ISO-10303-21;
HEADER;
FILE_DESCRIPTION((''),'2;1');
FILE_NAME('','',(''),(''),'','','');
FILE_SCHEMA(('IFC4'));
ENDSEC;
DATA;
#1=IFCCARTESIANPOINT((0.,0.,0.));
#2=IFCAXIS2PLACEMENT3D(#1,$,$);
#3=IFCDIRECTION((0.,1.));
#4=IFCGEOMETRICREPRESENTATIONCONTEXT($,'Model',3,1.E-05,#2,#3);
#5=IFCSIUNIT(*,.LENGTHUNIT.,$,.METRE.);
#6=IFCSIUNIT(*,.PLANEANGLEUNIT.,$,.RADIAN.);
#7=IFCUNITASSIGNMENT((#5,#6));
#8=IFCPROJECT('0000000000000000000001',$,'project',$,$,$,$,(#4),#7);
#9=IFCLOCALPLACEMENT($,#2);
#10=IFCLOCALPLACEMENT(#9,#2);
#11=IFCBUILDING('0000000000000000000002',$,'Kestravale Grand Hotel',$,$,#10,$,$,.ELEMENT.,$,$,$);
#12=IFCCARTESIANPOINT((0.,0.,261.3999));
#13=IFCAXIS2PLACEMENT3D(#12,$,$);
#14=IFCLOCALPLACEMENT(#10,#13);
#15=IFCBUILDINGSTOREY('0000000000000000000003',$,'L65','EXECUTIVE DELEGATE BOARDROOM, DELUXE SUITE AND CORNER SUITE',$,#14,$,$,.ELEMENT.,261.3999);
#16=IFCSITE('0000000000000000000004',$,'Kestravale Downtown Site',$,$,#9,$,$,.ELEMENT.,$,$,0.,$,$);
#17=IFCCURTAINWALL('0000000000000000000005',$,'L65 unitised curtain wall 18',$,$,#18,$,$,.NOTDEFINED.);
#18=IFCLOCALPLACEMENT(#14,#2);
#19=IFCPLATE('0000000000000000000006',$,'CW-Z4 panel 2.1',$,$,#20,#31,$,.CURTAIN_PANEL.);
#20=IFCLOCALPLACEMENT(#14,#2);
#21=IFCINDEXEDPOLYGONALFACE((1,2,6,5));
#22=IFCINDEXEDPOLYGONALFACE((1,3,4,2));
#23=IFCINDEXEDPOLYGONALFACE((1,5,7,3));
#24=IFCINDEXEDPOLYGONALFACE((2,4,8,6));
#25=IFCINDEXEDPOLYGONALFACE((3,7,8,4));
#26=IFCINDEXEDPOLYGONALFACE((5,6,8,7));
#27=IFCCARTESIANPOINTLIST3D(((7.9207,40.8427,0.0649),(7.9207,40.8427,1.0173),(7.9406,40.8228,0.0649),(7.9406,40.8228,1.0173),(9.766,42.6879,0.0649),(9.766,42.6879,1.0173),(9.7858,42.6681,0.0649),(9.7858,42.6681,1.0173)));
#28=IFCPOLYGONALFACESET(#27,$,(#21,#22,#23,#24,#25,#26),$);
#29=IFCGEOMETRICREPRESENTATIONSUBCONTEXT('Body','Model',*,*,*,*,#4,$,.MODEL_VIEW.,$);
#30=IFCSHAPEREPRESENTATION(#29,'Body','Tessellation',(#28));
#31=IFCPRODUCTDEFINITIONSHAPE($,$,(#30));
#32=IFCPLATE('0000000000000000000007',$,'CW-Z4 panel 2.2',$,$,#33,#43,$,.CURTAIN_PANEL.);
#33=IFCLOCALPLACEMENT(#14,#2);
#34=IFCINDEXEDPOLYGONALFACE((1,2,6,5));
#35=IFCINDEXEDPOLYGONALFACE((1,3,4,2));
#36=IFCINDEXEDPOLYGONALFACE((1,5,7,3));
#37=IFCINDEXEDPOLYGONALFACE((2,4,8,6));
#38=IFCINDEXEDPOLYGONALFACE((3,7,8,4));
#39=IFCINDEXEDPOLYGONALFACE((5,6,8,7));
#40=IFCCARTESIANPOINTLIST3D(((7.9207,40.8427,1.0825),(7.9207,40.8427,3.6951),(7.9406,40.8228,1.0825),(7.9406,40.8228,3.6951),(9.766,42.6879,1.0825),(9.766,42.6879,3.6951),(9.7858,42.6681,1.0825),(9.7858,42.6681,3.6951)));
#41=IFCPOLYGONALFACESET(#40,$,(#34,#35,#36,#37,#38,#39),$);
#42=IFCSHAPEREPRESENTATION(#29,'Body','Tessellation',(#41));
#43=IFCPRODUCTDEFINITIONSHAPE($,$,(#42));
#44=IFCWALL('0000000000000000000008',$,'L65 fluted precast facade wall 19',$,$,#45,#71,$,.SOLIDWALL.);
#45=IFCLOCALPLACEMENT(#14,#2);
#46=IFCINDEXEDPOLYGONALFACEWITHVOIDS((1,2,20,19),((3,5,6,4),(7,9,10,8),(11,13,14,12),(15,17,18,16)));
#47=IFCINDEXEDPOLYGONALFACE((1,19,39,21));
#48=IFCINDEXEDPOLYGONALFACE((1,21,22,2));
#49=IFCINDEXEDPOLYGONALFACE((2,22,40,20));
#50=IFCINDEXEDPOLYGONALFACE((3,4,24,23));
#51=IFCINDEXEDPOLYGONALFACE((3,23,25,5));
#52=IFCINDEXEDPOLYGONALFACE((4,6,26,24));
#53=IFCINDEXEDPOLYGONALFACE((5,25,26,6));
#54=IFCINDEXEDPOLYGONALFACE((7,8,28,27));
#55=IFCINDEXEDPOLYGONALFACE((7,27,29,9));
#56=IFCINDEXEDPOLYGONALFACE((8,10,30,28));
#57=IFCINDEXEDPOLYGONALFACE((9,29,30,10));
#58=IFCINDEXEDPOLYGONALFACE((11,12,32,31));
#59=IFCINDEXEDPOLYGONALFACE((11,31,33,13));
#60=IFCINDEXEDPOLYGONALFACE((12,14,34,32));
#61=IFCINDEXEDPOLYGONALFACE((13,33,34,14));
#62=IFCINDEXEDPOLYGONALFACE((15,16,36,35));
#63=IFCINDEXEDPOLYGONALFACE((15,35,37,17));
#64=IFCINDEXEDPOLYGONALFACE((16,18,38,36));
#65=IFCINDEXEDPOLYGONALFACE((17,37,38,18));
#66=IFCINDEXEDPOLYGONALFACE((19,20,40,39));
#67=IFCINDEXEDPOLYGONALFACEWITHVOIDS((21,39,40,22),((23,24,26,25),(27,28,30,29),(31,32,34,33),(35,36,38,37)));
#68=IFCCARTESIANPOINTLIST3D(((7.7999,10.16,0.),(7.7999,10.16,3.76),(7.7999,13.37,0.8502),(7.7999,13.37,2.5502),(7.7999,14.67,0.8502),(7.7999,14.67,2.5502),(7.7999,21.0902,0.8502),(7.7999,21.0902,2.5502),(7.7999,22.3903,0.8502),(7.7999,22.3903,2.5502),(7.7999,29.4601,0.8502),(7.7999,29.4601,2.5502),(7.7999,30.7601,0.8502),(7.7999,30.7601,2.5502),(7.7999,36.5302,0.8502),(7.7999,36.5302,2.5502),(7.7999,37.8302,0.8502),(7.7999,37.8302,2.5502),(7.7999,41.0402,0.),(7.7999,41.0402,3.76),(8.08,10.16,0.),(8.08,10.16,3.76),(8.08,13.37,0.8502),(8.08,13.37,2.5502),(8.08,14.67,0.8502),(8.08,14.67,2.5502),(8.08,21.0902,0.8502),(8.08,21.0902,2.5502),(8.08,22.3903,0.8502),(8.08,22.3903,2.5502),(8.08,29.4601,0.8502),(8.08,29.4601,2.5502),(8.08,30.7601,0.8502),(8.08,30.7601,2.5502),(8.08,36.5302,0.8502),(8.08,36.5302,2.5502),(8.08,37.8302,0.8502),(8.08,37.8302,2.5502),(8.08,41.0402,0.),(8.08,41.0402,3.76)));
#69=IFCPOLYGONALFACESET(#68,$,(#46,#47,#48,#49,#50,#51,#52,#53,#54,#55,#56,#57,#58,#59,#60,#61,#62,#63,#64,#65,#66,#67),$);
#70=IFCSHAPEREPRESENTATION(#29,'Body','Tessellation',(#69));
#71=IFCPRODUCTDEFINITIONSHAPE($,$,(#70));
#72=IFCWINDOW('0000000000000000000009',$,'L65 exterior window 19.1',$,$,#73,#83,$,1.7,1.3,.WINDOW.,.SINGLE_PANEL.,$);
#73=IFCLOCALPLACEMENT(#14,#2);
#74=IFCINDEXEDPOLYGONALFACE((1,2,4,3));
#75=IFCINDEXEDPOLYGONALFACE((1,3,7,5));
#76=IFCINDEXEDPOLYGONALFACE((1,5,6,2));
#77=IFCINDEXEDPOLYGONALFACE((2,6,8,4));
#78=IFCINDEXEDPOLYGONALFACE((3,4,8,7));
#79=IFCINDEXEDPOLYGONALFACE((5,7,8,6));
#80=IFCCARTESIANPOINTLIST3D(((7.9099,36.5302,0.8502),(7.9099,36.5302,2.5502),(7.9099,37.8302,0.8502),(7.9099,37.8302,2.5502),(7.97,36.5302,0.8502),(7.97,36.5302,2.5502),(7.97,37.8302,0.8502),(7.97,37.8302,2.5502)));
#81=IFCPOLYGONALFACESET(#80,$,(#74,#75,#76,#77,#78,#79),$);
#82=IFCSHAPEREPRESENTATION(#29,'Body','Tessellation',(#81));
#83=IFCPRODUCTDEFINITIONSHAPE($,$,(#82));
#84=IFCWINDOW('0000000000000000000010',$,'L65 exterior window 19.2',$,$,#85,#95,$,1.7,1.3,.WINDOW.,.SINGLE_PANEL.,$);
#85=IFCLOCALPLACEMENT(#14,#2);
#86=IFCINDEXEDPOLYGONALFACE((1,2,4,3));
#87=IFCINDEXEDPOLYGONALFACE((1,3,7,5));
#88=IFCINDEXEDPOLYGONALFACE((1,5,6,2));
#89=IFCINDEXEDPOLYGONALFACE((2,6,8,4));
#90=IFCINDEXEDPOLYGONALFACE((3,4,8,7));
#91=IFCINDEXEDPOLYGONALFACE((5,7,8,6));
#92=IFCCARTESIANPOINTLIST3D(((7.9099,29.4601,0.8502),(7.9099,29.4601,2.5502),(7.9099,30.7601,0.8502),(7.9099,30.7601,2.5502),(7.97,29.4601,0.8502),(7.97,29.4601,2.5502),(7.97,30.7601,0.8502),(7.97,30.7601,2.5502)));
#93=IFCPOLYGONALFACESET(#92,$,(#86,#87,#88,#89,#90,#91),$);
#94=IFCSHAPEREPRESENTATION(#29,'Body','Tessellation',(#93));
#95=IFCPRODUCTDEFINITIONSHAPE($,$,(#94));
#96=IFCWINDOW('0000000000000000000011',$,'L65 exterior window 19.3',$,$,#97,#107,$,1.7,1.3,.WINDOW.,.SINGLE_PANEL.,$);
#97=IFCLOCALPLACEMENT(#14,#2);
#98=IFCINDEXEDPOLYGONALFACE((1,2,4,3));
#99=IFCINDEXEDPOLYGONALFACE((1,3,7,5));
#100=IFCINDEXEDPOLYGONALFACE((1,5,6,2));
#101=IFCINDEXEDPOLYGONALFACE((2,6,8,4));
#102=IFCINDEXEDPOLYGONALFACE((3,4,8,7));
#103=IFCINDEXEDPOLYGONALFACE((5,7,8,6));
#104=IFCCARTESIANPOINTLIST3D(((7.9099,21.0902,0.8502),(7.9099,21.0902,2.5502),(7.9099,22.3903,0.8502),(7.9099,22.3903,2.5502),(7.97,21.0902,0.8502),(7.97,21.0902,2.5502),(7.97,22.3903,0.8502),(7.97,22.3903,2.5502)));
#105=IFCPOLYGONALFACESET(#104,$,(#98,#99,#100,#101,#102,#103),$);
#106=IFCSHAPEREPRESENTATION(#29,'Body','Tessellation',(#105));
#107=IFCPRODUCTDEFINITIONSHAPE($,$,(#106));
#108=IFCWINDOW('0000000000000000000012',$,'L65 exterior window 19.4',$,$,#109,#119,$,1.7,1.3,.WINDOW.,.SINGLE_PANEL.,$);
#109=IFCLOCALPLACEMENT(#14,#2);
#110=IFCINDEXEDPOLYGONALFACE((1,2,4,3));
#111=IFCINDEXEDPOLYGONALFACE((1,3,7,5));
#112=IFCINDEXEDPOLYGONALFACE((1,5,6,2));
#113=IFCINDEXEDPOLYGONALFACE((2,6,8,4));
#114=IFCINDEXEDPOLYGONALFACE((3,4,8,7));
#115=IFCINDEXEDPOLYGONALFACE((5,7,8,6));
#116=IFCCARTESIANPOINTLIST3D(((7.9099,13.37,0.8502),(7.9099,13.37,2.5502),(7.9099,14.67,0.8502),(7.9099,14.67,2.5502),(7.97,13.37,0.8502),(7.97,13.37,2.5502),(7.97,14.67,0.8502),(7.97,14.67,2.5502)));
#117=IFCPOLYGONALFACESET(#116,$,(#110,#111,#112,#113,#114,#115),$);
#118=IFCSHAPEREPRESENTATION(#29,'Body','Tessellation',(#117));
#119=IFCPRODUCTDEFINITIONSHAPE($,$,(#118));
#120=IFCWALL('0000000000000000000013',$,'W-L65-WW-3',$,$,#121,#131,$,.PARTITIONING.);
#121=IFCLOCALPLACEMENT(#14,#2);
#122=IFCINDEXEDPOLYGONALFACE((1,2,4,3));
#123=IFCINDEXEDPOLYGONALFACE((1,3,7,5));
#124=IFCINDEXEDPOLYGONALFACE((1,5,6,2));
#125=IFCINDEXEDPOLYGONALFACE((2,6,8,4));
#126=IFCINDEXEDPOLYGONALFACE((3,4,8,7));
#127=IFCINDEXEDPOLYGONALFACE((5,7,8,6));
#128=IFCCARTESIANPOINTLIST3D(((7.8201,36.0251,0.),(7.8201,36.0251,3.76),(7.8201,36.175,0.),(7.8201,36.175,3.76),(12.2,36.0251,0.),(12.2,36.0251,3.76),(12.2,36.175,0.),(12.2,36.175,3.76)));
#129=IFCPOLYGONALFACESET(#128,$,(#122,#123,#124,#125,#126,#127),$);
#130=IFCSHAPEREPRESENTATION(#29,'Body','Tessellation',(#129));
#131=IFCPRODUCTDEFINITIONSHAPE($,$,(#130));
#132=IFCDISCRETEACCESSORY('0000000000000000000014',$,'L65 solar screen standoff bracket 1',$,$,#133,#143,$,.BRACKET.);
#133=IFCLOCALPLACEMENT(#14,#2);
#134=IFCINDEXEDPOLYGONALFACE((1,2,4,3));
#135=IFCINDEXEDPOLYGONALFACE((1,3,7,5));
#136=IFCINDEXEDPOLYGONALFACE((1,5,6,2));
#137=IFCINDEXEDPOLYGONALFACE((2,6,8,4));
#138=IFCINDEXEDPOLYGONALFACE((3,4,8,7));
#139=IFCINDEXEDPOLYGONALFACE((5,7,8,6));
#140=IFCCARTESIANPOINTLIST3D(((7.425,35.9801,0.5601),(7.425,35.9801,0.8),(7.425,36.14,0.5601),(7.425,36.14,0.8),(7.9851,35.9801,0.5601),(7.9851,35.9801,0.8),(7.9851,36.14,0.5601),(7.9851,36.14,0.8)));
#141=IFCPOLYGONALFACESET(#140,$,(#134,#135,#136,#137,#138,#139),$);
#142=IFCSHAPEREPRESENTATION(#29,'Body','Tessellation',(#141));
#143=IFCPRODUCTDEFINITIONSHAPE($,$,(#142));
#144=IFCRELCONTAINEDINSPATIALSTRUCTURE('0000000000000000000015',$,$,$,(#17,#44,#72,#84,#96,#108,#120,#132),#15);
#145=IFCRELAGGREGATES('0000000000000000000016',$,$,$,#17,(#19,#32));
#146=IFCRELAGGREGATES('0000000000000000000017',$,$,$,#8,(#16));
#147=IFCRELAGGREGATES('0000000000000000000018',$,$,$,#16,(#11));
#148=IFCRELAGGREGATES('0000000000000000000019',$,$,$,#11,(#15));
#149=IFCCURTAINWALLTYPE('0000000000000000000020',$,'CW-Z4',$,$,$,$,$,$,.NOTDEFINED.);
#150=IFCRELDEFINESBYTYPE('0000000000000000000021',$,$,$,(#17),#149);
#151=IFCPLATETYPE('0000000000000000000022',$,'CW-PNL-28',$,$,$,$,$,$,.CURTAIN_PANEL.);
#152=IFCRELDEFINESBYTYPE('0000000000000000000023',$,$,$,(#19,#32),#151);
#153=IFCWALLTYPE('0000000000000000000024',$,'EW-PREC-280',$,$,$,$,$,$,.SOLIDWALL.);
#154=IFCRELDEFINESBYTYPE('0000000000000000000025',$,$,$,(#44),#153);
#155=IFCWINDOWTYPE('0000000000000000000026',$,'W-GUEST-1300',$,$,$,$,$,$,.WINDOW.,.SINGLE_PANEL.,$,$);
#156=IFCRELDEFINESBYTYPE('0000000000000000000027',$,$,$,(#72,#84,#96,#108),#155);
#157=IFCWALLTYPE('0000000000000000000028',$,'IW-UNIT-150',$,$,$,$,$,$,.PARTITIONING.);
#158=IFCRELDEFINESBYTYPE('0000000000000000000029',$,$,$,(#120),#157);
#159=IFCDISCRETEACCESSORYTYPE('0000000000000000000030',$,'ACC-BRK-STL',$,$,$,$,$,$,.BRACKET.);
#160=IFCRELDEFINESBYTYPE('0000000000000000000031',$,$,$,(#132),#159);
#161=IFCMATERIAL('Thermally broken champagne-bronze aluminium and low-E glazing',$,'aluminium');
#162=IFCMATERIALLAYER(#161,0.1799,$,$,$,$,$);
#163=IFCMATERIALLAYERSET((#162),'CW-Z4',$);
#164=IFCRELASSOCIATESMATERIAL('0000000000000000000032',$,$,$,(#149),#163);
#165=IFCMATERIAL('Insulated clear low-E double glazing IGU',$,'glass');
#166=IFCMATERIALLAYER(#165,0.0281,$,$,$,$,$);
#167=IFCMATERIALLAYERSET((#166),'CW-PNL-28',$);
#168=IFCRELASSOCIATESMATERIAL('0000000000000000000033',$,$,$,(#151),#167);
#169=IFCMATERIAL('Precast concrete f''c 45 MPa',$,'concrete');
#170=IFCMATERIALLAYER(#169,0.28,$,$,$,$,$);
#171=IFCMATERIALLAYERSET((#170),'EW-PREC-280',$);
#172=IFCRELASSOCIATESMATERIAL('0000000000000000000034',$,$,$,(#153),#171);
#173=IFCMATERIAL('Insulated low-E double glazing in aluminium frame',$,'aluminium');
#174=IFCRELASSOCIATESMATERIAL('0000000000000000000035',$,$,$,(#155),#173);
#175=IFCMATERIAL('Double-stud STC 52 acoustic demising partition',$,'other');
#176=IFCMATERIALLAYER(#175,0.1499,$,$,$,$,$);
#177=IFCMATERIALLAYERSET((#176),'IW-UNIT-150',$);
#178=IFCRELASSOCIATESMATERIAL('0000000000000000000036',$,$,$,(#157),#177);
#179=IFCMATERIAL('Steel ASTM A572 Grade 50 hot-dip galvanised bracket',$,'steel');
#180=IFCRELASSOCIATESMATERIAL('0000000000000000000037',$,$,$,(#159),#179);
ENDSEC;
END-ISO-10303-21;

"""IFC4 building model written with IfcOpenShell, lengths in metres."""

from ifc_helpers import new_model, si_unit, direction, frame, frame_2d, origin, origin_2d, place, context, subcontext, project, spatial, rectangle, extrude, material, layer, layer_set, type_object, element, fill, aggregate, save


model = new_model("IFC4")

# Units and contexts
model_context = context("Model", 3, precision=1e-05, world=origin(), true_north=direction((0.0, 1.0)))
body_context = subcontext(model_context, "Body", "Model", "MODEL_VIEW")
ifc_project = project(units=[si_unit("LENGTHUNIT", "METRE"), si_unit("PLANEANGLEUNIT", "RADIAN")], contexts=[model_context])

# Site, building, storey
site_placement = place(None, origin())
site = spatial("IfcSite", under=ifc_project, at=site_placement, Name="Kestravale Downtown Site", CompositionType="ELEMENT", RefElevation=0.0)
building_placement = place(site_placement, origin())
building = spatial("IfcBuilding", under=site, at=building_placement, Name="Kestravale Grand Hotel", CompositionType="ELEMENT")
storey_placement = place(building_placement, frame((0.0, 0.0, 261.3999)))
storey = spatial("IfcBuildingStorey", under=building, at=storey_placement, Name="L65", Description="EXECUTIVE DELEGATE BOARDROOM, DELUXE SUITE AND CORNER SUITE", CompositionType="ELEMENT", Elevation=261.3999)

# Curtain wall, plates
ifc_material_1 = material(Name="Thermally broken champagne-bronze aluminium and low-E glazing", Category="aluminium")
ifc_layer_1 = layer(ifc_material_1, 0.1799)
ifc_layer_set_1 = layer_set([ifc_layer_1], Name="CW-Z4")
curtain_wall_type = type_object("IfcCurtainWallType", Name="CW-Z4", PredefinedType="NOTDEFINED", material=ifc_layer_set_1)
curtain_wall_placement = place(storey_placement, origin())
curtain_wall = element("IfcCurtainWall", 1, at=curtain_wall_placement, inside=storey, type_object=curtain_wall_type, Name="L65 unitised curtain wall 18", PredefinedType="NOTDEFINED")
ifc_material_2 = material(Name="Insulated clear low-E double glazing IGU", Category="glass")
ifc_layer_2 = layer(ifc_material_2, 0.0281)
ifc_layer_set_2 = layer_set([ifc_layer_2], Name="CW-PNL-28")
plate_type = type_object("IfcPlateType", Name="CW-PNL-28", PredefinedType="CURTAIN_PANEL", material=ifc_layer_set_2)
plate_1_placement = place(storey_placement, frame((8.8533, 41.7554, 0.0649), z_axis=(0.0, 0.0, 1.0), x_axis=(-0.707107, -0.707107, 0.0)))
plate_1 = element("IfcPlate", 2, at=plate_1_placement, type_object=plate_type, Name="CW-Z4 panel 2.1", PredefinedType="CURTAIN_PANEL", context=body_context, shape_type="SweptSolid", body=[
    extrude(rectangle(XDim=2.6096, YDim=0.0281, at=origin_2d()), origin(), (0.0, 0.0, 1.0), 0.9524),
])
plate_2_placement = place(storey_placement, frame((8.8533, 41.7554, 1.0825), z_axis=(0.0, 0.0, 1.0), x_axis=(-0.707107, -0.707107, 0.0)))
plate_2 = element("IfcPlate", 3, at=plate_2_placement, type_object=plate_type, Name="CW-Z4 panel 2.2", PredefinedType="CURTAIN_PANEL", context=body_context, shape_type="SweptSolid", body=[
    extrude(rectangle(XDim=2.6096, YDim=0.0281, at=origin_2d()), origin(), (0.0, 0.0, 1.0), 2.6125),
])
aggregate(curtain_wall, [plate_1, plate_2])

# Wall, openings, windows
ifc_material_3 = material(Name="Precast concrete f'c 45 MPa", Category="concrete")
ifc_layer_3 = layer(ifc_material_3, 0.28)
ifc_layer_set_3 = layer_set([ifc_layer_3], Name="EW-PREC-280")
wall_type_1 = type_object("IfcWallType", Name="EW-PREC-280", PredefinedType="SOLIDWALL", material=ifc_layer_set_3)
wall_1_placement = place(storey_placement, frame((7.9399, 41.04, 0.0), z_axis=(0.0, 0.0, 1.0), x_axis=(0.0, -1.0, 0.0)))
wall_1 = element("IfcWall", 4, at=wall_1_placement, inside=storey, type_object=wall_type_1, Name="L65 fluted precast facade wall 19", PredefinedType="SOLIDWALL", context=body_context, shape_type="SweptSolid", body=[
    extrude(rectangle(XDim=30.8801, YDim=0.28, at=frame_2d((15.4399, 0.0))), origin(), (0.0, 0.0, 1.0), 3.76),
])
opening_1_placement = place(wall_1_placement, frame((3.21, 0.0, 0.8501)))
opening_1 = element("IfcOpeningElement", 5, at=opening_1_placement, cuts=wall_1, PredefinedType="OPENING", context=body_context, shape_type="SweptSolid", body=[
    extrude(rectangle(XDim=1.3, YDim=1.7, at=frame_2d((0.6499, 0.8501))), frame((0.0, 0.1499, 0.0), z_axis=(0.0, -1.0, 0.0), x_axis=(1.0, 0.0, 0.0)), (0.0, 0.0, 1.0), 0.3),
])
opening_2_placement = place(wall_1_placement, frame((10.28, 0.0, 0.8501)))
opening_2 = element("IfcOpeningElement", 6, at=opening_2_placement, cuts=wall_1, PredefinedType="OPENING", context=body_context, shape_type="SweptSolid", body=[
    extrude(rectangle(XDim=1.3, YDim=1.7, at=frame_2d((0.6499, 0.8501))), frame((0.0, 0.1499, 0.0), z_axis=(0.0, -1.0, 0.0), x_axis=(1.0, 0.0, 0.0)), (0.0, 0.0, 1.0), 0.3),
])
opening_3_placement = place(wall_1_placement, frame((18.6499, 0.0, 0.8501)))
opening_3 = element("IfcOpeningElement", 7, at=opening_3_placement, cuts=wall_1, PredefinedType="OPENING", context=body_context, shape_type="SweptSolid", body=[
    extrude(rectangle(XDim=1.3, YDim=1.7, at=frame_2d((0.6499, 0.8501))), frame((0.0, 0.1499, 0.0), z_axis=(0.0, -1.0, 0.0), x_axis=(1.0, 0.0, 0.0)), (0.0, 0.0, 1.0), 0.3),
])
opening_4_placement = place(wall_1_placement, frame((26.3701, 0.0, 0.8501)))
opening_4 = element("IfcOpeningElement", 8, at=opening_4_placement, cuts=wall_1, PredefinedType="OPENING", context=body_context, shape_type="SweptSolid", body=[
    extrude(rectangle(XDim=1.3, YDim=1.7, at=frame_2d((0.6499, 0.8501))), frame((0.0, 0.1499, 0.0), z_axis=(0.0, -1.0, 0.0), x_axis=(1.0, 0.0, 0.0)), (0.0, 0.0, 1.0), 0.3),
])
ifc_material_4 = material(Name="Insulated low-E double glazing in aluminium frame", Category="aluminium")
window_type = type_object("IfcWindowType", Name="W-GUEST-1300", PartitioningType="SINGLE_PANEL", PredefinedType="WINDOW", material=ifc_material_4)
window_1_placement = place(opening_1_placement, origin())
window_1 = element("IfcWindow", 9, at=window_1_placement, inside=storey, type_object=window_type, Name="L65 exterior window 19.1", OverallHeight=1.7, OverallWidth=1.3, PartitioningType="SINGLE_PANEL", PredefinedType="WINDOW", context=body_context, shape_type="SweptSolid", body=[
    extrude(rectangle(XDim=1.3, YDim=1.7, at=frame_2d((0.6499, 0.8501))), frame((0.0, 0.03, 0.0), z_axis=(0.0, -1.0, 0.0), x_axis=(1.0, 0.0, 0.0)), (0.0, 0.0, 1.0), 0.0601),
])
fill(opening_1, window_1)
window_2_placement = place(opening_2_placement, origin())
window_2 = element("IfcWindow", 10, at=window_2_placement, inside=storey, type_object=window_type, Name="L65 exterior window 19.2", OverallHeight=1.7, OverallWidth=1.3, PartitioningType="SINGLE_PANEL", PredefinedType="WINDOW", context=body_context, shape_type="SweptSolid", body=[
    extrude(rectangle(XDim=1.3, YDim=1.7, at=frame_2d((0.6499, 0.8501))), frame((0.0, 0.03, 0.0), z_axis=(0.0, -1.0, 0.0), x_axis=(1.0, 0.0, 0.0)), (0.0, 0.0, 1.0), 0.0601),
])
fill(opening_2, window_2)
window_3_placement = place(opening_3_placement, origin())
window_3 = element("IfcWindow", 11, at=window_3_placement, inside=storey, type_object=window_type, Name="L65 exterior window 19.3", OverallHeight=1.7, OverallWidth=1.3, PartitioningType="SINGLE_PANEL", PredefinedType="WINDOW", context=body_context, shape_type="SweptSolid", body=[
    extrude(rectangle(XDim=1.3, YDim=1.7, at=frame_2d((0.6499, 0.8501))), frame((0.0, 0.03, 0.0), z_axis=(0.0, -1.0, 0.0), x_axis=(1.0, 0.0, 0.0)), (0.0, 0.0, 1.0), 0.0601),
])
fill(opening_3, window_3)
window_4_placement = place(opening_4_placement, origin())
window_4 = element("IfcWindow", 12, at=window_4_placement, inside=storey, type_object=window_type, Name="L65 exterior window 19.4", OverallHeight=1.7, OverallWidth=1.3, PartitioningType="SINGLE_PANEL", PredefinedType="WINDOW", context=body_context, shape_type="SweptSolid", body=[
    extrude(rectangle(XDim=1.3, YDim=1.7, at=frame_2d((0.6499, 0.8501))), frame((0.0, 0.03, 0.0), z_axis=(0.0, -1.0, 0.0), x_axis=(1.0, 0.0, 0.0)), (0.0, 0.0, 1.0), 0.0601),
])
fill(opening_4, window_4)

# Wall
ifc_material_5 = material(Name="Double-stud STC 52 acoustic demising partition", Category="other")
ifc_layer_4 = layer(ifc_material_5, 0.1499)
ifc_layer_set_4 = layer_set([ifc_layer_4], Name="IW-UNIT-150")
wall_type_2 = type_object("IfcWallType", Name="IW-UNIT-150", PredefinedType="PARTITIONING", material=ifc_layer_set_4)
wall_2_placement = place(storey_placement, frame((7.8201, 36.1001, 0.0), z_axis=(0.0, 0.0, 1.0), x_axis=(1.0, 0.0, 0.0)))
element("IfcWall", 13, at=wall_2_placement, inside=storey, type_object=wall_type_2, Name="W-L65-WW-3", PredefinedType="PARTITIONING", context=body_context, shape_type="SweptSolid", body=[
    extrude(rectangle(XDim=4.3799, YDim=0.1499, at=frame_2d((2.1899, 0.0))), origin(), (0.0, 0.0, 1.0), 3.76),
])

# Discrete accessory
ifc_material_6 = material(Name="Steel ASTM A572 Grade 50 hot-dip galvanised bracket", Category="steel")
discrete_accessory_type = type_object("IfcDiscreteAccessoryType", Name="ACC-BRK-STL", PredefinedType="BRACKET", material=ifc_material_6)
discrete_accessory_placement = place(storey_placement, frame((7.7051, 36.0601, 0.5601), z_axis=(0.0, 0.0, 1.0), x_axis=(0.0, -1.0, 0.0)))
element("IfcDiscreteAccessory", 14, at=discrete_accessory_placement, inside=storey, type_object=discrete_accessory_type, Name="L65 solar screen standoff bracket 1", PredefinedType="BRACKET", context=body_context, shape_type="SweptSolid", body=[
    extrude(rectangle(XDim=0.1599, YDim=0.5601, at=origin_2d()), origin(), (0.0, 0.0, 1.0), 0.24),
])

save(model, "model.ifc")
